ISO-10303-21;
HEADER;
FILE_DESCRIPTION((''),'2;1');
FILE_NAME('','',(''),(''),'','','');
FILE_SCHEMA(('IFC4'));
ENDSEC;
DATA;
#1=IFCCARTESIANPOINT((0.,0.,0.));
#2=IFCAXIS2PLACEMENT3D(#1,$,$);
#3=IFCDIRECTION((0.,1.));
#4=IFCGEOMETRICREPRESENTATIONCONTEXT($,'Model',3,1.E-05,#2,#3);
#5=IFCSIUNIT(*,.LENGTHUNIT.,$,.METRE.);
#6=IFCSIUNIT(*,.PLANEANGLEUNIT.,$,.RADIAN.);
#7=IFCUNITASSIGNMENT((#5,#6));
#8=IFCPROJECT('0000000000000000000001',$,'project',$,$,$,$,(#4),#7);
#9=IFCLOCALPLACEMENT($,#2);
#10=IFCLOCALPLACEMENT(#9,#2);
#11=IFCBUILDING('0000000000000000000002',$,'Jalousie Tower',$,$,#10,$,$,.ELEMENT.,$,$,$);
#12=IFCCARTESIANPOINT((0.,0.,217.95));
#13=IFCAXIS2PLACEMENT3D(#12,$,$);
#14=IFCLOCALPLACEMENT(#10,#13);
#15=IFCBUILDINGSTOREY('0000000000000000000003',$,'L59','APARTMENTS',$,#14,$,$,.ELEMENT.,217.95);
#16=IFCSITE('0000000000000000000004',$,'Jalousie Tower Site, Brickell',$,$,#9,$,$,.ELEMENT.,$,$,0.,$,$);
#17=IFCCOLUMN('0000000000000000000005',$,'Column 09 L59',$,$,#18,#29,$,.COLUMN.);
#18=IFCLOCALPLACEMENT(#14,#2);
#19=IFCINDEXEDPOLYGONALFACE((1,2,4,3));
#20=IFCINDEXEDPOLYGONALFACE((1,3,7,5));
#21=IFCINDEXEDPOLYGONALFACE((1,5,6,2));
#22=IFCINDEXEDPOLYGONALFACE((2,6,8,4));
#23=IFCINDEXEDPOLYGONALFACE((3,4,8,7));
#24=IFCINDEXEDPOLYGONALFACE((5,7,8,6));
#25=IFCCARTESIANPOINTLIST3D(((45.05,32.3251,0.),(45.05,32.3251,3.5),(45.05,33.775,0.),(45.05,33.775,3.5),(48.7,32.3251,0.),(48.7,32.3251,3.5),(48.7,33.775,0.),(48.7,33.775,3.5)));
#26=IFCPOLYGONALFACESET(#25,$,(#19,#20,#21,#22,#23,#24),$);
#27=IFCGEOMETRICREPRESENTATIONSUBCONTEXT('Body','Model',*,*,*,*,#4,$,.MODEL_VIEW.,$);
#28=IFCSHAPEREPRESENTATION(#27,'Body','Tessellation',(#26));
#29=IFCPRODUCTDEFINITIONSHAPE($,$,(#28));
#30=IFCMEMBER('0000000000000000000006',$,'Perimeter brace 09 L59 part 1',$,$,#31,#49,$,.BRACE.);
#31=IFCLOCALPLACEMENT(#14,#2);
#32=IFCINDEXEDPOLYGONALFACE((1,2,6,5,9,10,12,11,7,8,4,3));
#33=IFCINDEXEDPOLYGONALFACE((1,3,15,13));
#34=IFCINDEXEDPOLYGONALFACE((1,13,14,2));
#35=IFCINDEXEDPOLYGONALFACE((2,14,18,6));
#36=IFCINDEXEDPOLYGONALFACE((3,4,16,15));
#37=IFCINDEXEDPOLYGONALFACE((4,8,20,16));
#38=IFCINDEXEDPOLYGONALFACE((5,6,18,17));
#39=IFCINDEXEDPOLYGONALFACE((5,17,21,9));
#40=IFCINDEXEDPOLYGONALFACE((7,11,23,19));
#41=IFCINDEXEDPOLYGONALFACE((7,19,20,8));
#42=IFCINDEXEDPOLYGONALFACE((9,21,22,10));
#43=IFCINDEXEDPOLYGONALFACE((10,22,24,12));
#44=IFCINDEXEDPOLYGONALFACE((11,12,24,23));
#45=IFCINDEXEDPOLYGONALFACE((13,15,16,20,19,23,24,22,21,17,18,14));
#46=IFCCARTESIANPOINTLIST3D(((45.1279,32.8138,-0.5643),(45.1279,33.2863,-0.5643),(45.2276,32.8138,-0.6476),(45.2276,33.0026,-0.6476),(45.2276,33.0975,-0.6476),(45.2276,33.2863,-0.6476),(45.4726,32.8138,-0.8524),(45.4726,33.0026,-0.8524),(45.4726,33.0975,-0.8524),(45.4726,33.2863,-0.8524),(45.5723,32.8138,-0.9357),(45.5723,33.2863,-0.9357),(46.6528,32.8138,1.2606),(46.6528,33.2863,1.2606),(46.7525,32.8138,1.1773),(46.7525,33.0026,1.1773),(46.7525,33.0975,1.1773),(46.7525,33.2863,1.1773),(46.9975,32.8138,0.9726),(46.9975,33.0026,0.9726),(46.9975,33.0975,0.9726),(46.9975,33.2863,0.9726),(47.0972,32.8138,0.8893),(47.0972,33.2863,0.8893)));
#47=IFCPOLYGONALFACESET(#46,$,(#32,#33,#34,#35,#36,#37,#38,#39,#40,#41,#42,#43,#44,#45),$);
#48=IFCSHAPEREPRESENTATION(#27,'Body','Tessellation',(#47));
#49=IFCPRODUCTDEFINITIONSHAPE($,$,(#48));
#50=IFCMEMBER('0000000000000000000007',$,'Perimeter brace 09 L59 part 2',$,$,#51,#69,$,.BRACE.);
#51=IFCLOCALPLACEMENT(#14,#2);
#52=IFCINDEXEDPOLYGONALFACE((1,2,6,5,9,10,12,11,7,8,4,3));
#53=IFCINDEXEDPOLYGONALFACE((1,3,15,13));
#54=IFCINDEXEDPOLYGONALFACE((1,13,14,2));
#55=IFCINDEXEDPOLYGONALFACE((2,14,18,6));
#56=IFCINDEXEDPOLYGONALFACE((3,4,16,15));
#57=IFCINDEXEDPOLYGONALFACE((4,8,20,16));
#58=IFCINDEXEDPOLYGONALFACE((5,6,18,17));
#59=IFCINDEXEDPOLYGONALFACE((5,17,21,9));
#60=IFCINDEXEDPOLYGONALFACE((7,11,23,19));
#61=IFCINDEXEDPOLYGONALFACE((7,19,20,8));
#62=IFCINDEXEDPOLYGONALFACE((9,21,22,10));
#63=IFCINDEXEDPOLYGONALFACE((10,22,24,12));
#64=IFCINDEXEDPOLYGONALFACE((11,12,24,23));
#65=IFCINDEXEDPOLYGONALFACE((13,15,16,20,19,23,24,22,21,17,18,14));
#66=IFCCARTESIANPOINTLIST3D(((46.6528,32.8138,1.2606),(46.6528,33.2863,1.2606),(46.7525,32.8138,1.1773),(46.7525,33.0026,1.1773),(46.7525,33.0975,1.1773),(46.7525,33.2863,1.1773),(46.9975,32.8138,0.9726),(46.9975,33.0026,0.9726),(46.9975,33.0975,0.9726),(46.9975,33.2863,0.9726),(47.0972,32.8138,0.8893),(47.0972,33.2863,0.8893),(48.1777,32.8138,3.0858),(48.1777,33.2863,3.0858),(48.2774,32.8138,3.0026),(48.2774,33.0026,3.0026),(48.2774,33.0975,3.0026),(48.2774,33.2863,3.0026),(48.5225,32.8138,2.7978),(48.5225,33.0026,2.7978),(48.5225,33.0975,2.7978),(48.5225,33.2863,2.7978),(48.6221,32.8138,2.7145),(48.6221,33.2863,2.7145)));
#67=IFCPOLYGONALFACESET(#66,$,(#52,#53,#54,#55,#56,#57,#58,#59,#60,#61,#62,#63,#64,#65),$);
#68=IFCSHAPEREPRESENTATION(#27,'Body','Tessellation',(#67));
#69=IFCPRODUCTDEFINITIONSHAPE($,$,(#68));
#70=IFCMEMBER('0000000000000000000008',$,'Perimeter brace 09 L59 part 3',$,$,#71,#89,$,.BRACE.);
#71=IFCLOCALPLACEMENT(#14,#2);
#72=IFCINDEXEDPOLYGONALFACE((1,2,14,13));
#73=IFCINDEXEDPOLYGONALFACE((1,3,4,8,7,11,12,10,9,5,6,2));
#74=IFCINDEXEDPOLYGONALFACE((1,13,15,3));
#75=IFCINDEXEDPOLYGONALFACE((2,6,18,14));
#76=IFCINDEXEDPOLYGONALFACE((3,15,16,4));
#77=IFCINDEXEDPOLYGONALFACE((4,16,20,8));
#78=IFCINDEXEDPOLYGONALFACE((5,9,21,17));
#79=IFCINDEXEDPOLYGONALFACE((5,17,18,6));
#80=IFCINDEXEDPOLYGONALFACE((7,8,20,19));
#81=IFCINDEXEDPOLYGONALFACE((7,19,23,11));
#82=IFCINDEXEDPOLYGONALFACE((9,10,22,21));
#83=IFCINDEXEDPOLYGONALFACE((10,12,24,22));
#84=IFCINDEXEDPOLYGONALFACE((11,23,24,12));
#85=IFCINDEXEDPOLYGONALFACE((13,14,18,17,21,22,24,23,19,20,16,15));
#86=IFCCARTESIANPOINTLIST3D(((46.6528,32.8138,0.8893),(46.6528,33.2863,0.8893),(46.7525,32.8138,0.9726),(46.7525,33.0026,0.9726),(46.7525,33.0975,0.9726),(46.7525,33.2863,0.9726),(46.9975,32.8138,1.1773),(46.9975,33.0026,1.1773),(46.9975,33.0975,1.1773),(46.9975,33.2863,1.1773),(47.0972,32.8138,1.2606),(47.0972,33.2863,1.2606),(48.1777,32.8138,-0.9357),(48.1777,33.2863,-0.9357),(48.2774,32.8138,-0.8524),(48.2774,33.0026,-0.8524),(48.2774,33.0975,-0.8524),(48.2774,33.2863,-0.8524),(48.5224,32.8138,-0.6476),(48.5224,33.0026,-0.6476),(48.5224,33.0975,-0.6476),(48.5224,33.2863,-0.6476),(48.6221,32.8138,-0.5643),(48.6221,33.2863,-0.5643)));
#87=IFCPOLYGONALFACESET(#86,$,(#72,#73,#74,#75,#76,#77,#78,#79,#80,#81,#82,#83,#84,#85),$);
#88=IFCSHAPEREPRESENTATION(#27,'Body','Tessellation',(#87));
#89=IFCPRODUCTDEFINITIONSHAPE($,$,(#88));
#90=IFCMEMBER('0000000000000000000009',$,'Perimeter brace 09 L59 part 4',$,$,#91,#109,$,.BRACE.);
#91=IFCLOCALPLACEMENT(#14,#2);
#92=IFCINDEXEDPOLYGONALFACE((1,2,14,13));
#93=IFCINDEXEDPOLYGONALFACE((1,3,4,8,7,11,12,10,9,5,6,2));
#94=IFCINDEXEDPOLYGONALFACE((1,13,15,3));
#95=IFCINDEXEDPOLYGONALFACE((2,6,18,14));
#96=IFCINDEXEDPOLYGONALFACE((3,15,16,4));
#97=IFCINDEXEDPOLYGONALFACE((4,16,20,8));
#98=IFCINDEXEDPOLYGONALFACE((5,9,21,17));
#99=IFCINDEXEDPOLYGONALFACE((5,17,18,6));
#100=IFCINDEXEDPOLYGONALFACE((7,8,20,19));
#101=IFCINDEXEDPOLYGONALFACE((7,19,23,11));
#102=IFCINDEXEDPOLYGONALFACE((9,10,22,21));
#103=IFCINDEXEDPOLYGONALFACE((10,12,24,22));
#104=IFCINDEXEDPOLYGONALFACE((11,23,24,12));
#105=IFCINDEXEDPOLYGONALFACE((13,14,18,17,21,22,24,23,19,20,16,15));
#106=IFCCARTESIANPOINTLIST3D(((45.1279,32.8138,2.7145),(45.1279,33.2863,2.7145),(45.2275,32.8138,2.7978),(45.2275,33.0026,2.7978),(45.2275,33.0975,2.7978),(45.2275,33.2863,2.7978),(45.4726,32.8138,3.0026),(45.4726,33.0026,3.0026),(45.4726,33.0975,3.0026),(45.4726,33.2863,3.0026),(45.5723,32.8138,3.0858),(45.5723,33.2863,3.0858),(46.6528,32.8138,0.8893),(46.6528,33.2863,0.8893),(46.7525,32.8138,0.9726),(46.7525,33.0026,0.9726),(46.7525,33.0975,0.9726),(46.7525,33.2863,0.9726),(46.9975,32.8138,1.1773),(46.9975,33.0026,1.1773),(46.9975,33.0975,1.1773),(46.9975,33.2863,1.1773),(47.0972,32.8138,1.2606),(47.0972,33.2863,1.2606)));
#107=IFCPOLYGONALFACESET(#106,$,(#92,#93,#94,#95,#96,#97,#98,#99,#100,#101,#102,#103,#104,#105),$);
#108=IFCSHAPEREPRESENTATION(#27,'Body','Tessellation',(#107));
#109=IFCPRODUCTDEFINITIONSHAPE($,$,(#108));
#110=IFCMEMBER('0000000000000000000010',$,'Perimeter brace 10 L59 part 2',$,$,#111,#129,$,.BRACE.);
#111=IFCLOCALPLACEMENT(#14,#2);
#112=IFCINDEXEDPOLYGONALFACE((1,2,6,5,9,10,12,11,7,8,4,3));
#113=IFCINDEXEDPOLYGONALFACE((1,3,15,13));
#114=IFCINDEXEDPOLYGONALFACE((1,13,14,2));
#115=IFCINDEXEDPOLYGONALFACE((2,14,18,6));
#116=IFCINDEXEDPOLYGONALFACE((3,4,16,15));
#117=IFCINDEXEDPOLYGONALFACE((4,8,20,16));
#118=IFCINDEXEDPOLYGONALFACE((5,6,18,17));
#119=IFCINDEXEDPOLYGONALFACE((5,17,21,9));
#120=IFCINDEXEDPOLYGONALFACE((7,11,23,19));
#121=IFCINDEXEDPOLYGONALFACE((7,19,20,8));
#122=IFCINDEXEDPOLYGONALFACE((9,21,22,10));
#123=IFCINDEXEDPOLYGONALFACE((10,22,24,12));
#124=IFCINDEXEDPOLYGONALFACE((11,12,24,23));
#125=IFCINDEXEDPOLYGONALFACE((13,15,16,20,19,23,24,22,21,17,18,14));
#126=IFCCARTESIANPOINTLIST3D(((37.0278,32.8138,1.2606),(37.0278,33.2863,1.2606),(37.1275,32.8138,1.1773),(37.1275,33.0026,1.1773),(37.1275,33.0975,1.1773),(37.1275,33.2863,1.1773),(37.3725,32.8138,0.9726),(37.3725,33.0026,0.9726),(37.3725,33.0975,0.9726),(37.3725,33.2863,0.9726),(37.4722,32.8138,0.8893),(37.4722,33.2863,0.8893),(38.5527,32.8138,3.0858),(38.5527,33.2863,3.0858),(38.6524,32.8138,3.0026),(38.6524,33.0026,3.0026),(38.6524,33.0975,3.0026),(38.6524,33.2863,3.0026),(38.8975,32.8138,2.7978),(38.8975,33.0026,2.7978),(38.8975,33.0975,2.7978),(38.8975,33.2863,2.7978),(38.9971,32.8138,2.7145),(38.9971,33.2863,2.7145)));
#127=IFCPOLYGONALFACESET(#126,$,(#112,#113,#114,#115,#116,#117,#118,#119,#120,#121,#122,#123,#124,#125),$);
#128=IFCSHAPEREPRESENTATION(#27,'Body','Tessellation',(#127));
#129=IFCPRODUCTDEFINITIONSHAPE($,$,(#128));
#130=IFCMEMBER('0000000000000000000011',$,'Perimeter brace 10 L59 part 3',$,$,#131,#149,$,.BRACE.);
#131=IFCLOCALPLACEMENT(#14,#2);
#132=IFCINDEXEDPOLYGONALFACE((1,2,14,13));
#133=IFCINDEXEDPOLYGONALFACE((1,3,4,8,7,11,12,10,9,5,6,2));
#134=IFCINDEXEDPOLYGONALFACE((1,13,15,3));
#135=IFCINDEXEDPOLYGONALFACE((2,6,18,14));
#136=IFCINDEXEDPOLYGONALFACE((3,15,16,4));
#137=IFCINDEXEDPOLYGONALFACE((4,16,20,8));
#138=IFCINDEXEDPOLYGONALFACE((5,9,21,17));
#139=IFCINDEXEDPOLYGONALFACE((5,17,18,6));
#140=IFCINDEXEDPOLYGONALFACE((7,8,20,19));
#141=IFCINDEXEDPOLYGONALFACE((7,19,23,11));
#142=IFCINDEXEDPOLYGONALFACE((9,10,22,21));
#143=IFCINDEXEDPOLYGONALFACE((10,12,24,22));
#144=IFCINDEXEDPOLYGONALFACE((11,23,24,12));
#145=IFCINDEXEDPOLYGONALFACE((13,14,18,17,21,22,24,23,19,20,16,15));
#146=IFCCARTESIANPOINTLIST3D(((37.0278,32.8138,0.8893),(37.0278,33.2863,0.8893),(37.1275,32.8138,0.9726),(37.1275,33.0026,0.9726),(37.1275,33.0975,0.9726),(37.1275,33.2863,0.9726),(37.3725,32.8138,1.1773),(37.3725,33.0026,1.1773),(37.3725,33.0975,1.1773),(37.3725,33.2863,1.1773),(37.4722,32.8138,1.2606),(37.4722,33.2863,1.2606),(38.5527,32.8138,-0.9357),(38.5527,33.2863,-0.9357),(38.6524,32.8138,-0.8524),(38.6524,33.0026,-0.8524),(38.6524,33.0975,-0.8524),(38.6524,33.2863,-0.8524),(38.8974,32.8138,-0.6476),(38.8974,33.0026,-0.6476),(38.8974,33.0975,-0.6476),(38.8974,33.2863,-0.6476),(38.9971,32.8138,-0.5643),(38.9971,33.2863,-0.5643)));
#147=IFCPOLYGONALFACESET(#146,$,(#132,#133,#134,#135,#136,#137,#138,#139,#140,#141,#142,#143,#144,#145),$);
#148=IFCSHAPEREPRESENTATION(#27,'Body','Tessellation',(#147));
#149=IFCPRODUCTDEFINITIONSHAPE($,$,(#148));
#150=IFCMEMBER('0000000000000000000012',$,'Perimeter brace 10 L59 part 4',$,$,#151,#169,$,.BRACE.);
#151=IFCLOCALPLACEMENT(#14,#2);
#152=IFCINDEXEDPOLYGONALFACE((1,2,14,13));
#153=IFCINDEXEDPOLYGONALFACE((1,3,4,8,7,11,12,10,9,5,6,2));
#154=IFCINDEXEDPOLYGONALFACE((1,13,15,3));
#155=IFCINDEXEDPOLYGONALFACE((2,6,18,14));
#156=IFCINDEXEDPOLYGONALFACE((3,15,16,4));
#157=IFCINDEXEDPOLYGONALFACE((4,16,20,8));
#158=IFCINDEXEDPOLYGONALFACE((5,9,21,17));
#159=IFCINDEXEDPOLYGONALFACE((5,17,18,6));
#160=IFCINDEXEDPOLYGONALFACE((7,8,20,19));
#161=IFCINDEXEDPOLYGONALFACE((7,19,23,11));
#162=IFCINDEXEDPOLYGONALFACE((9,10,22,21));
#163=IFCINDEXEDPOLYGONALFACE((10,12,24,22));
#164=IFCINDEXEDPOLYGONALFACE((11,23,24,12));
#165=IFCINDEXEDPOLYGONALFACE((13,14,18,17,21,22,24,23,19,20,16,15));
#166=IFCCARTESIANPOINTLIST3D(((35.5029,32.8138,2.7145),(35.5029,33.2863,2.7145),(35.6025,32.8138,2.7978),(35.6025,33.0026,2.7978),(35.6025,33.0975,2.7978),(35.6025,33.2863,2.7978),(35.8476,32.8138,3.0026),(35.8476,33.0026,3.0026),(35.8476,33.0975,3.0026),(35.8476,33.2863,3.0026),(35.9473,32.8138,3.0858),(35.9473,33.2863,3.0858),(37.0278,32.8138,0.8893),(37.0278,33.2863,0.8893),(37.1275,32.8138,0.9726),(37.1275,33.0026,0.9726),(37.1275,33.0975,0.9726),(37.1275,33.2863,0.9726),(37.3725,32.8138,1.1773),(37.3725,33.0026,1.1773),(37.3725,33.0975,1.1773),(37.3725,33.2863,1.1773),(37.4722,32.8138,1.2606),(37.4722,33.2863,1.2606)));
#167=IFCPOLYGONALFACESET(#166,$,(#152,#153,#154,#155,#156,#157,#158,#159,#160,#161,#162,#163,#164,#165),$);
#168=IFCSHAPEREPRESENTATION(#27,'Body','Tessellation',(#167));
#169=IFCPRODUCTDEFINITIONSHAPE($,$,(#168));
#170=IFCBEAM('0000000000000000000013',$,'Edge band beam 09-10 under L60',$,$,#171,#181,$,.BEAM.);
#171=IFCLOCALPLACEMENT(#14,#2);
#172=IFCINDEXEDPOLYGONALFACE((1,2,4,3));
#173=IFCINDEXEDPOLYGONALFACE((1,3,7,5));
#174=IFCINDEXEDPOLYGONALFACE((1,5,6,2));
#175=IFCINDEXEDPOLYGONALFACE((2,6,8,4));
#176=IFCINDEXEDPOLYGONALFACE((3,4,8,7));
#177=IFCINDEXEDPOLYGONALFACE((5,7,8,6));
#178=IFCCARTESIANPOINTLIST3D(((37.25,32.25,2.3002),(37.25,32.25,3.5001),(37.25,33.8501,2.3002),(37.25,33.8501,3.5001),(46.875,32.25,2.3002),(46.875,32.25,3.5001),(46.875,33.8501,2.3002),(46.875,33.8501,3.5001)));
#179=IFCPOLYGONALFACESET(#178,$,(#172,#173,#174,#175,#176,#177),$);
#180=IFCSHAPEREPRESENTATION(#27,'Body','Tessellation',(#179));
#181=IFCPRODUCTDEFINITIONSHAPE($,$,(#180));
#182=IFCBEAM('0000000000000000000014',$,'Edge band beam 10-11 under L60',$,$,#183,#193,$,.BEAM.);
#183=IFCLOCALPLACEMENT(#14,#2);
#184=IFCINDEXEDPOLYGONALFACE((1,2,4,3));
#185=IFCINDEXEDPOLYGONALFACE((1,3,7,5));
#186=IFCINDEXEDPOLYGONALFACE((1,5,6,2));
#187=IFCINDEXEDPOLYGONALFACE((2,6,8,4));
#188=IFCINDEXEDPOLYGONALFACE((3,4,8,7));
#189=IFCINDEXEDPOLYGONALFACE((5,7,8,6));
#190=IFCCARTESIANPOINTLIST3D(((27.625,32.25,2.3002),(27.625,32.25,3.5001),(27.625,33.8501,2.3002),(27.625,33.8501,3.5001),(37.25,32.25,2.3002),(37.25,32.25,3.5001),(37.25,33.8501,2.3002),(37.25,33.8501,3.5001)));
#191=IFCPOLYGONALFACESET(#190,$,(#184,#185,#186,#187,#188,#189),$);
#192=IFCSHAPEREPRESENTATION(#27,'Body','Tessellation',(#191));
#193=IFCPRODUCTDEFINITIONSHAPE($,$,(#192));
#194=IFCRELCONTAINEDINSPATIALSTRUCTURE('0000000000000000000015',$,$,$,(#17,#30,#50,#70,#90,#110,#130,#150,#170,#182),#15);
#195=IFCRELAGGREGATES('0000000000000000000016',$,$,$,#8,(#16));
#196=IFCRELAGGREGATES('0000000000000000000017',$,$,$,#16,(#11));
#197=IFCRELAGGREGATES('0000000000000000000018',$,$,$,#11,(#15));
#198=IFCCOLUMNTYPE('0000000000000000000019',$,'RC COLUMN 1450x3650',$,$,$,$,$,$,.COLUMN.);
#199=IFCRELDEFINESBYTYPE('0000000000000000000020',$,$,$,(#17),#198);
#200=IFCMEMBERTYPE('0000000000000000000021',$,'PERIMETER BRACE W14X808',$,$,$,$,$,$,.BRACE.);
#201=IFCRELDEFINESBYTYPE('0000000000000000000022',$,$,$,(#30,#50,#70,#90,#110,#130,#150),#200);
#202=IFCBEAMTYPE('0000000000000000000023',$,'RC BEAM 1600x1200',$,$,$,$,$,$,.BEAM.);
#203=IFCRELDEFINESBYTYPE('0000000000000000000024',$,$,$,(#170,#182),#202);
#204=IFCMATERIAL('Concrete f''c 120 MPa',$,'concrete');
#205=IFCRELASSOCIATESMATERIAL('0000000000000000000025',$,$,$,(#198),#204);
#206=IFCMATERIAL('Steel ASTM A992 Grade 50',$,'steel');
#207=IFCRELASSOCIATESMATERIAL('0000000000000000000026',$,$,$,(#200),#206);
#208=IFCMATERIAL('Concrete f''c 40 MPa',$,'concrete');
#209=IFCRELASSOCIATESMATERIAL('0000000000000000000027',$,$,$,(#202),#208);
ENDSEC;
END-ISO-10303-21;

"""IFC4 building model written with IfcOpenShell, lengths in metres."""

from ifc_helpers import new_model, si_unit, direction, frame, origin, origin_2d, place, context, subcontext, project, spatial, rectangle, i_section, extrude, material, material_profile, profile_set, type_object, element, save


model = new_model("IFC4")

# Units and contexts
model_context = context("Model", 3, precision=1e-05, world=origin(), true_north=direction((0.0, 1.0)))
body_context = subcontext(model_context, "Body", "Model", "MODEL_VIEW")
ifc_project = project(units=[si_unit("LENGTHUNIT", "METRE"), si_unit("PLANEANGLEUNIT", "RADIAN")], contexts=[model_context])

# Site, building, storey
site_placement = place(None, origin())
site = spatial("IfcSite", under=ifc_project, at=site_placement, Name="Jalousie Tower Site, Brickell", CompositionType="ELEMENT", RefElevation=0.0)
building_placement = place(site_placement, origin())
building = spatial("IfcBuilding", under=site, at=building_placement, Name="Jalousie Tower", CompositionType="ELEMENT")
storey_placement = place(building_placement, frame((0.0, 0.0, 217.95)))
storey = spatial("IfcBuildingStorey", under=building, at=storey_placement, Name="L59", Description="APARTMENTS", CompositionType="ELEMENT", Elevation=217.95)

# Column
ifc_material_1 = material(Name="Concrete f'c 120 MPa", Category="concrete")
ifc_material_profile_1 = material_profile(ifc_material_1, rectangle(XDim=1.45, YDim=3.6499, at=origin_2d()), Name="RC 1450x3650")
ifc_profile_set_1 = profile_set([ifc_material_profile_1], Name="Concrete f'c 120 MPa")
column_type = type_object("IfcColumnType", Name="RC COLUMN 1450x3650", PredefinedType="COLUMN", material=ifc_profile_set_1)
column_placement = place(storey_placement, frame((46.875, 33.05, 0.0), z_axis=(0.0, 0.0, 1.0), x_axis=(0.0, 1.0, 0.0)))
element("IfcColumn", 1, at=column_placement, inside=storey, type_object=column_type, Name="Column 09 L59", PredefinedType="COLUMN", context=body_context, shape_type="SweptSolid", body=[
    extrude(rectangle(XDim=1.45, YDim=3.6499, at=origin_2d()), origin(), (0.0, 0.0, 1.0), 3.5),
])

# Members
ifc_material_2 = material(Name="Steel ASTM A992 Grade 50", Category="steel")
ifc_material_profile_2 = material_profile(ifc_material_2, i_section(OverallWidth=0.4724, OverallDepth=0.5791, WebThickness=0.095, FlangeThickness=0.1299, at=origin_2d()), Name="W14X808")
ifc_profile_set_2 = profile_set([ifc_material_profile_2], Name="Steel ASTM A992 Grade 50")
member_type_1 = type_object("IfcMemberType", Name="PERIMETER BRACE W14X808", PredefinedType="BRACE", material=ifc_profile_set_2)
member_1_placement = place(storey_placement, frame((45.3501, 33.05, -0.75), z_axis=(0.641204, 0.0, 0.767371), x_axis=(0.0, 1.0, 0.0)))
element("IfcMember", 2, at=member_1_placement, inside=storey, type_object=member_type_1, Name="Perimeter brace 09 L59 part 1", PredefinedType="BRACE", context=body_context, shape_type="SweptSolid", body=[
    extrude(i_section(OverallWidth=0.4724, OverallDepth=0.5791, WebThickness=0.095, FlangeThickness=0.1299, at=origin_2d()), origin(), (0.0, 0.0, 1.0), 2.3782),
])
member_2_placement = place(storey_placement, frame((46.875, 33.05, 1.075), z_axis=(0.641153, 0.0, 0.767413), x_axis=(0.0, 1.0, 0.0)))
element("IfcMember", 3, at=member_2_placement, inside=storey, type_object=member_type_1, Name="Perimeter brace 09 L59 part 2", PredefinedType="BRACE", context=body_context, shape_type="SweptSolid", body=[
    extrude(i_section(OverallWidth=0.4724, OverallDepth=0.5791, WebThickness=0.095, FlangeThickness=0.1299, at=origin_2d()), origin(), (0.0, 0.0, 1.0), 2.3784),
])
member_3_placement = place(storey_placement, frame((48.3999, 33.05, -0.75), z_axis=(-0.641204, 0.0, 0.767371), x_axis=(0.0, -1.0, 0.0)))
element("IfcMember", 4, at=member_3_placement, inside=storey, type_object=member_type_1, Name="Perimeter brace 09 L59 part 3", PredefinedType="BRACE", context=body_context, shape_type="SweptSolid", body=[
    extrude(i_section(OverallWidth=0.4724, OverallDepth=0.5791, WebThickness=0.095, FlangeThickness=0.1299, at=origin_2d()), origin(), (0.0, 0.0, 1.0), 2.3782),
])
for number, where, z_axis, x_axis, name in (
    (5, (46.875, 33.05, 1.075), (-0.641153, 0.0, 0.767413), (0.0, -1.0, 0.0), "Perimeter brace 09 L59 part 4"),
    (6, (37.25, 33.05, 1.075), (0.641153, 0.0, 0.767413), (0.0, 1.0, 0.0), "Perimeter brace 10 L59 part 2"),
):
    element("IfcMember", number, at=place(storey_placement, frame(where, z_axis=z_axis, x_axis=x_axis)), inside=storey, type_object=member_type_1, Name=name, PredefinedType="BRACE", context=body_context, shape_type="SweptSolid", body=[
        extrude(i_section(OverallWidth=0.4724, OverallDepth=0.5791, WebThickness=0.095, FlangeThickness=0.1299, at=origin_2d()), origin(), (0.0, 0.0, 1.0), 2.3784),
    ])
member_4_placement = place(storey_placement, frame((38.7749, 33.05, -0.75), z_axis=(-0.641204, 0.0, 0.767371), x_axis=(0.0, -1.0, 0.0)))
element("IfcMember", 7, at=member_4_placement, inside=storey, type_object=member_type_1, Name="Perimeter brace 10 L59 part 3", PredefinedType="BRACE", context=body_context, shape_type="SweptSolid", body=[
    extrude(i_section(OverallWidth=0.4724, OverallDepth=0.5791, WebThickness=0.095, FlangeThickness=0.1299, at=origin_2d()), origin(), (0.0, 0.0, 1.0), 2.3782),
])
member_5_placement = place(storey_placement, frame((37.25, 33.05, 1.075), z_axis=(-0.641153, 0.0, 0.767413), x_axis=(0.0, -1.0, 0.0)))
element("IfcMember", 8, at=member_5_placement, inside=storey, type_object=member_type_1, Name="Perimeter brace 10 L59 part 4", PredefinedType="BRACE", context=body_context, shape_type="SweptSolid", body=[
    extrude(i_section(OverallWidth=0.4724, OverallDepth=0.5791, WebThickness=0.095, FlangeThickness=0.1299, at=origin_2d()), origin(), (0.0, 0.0, 1.0), 2.3784),
])

# Beams
ifc_material_3 = material(Name="Concrete f'c 40 MPa", Category="concrete")
ifc_material_profile_3 = material_profile(ifc_material_3, rectangle(XDim=1.6001, YDim=1.2, at=origin_2d()), Name="RC 1600x1200")
ifc_profile_set_3 = profile_set([ifc_material_profile_3], Name="Concrete f'c 40 MPa")
beam_type_1 = type_object("IfcBeamType", Name="RC BEAM 1600x1200", PredefinedType="BEAM", material=ifc_profile_set_3)
for number, where, z_axis, x_axis, name in (
    (9, (46.875, 33.05, 2.9001), (-1.0, 0.0, 0.0), (0.0, -1.0, 0.0), "Edge band beam 09-10 under L60"),
    (10, (37.25, 33.05, 2.9001), (-1.0, 0.0, 0.0), (0.0, -1.0, 0.0), "Edge band beam 10-11 under L60"),
):
    element("IfcBeam", number, at=place(storey_placement, frame(where, z_axis=z_axis, x_axis=x_axis)), inside=storey, type_object=beam_type_1, Name=name, PredefinedType="BEAM", context=body_context, shape_type="SweptSolid", body=[
        extrude(rectangle(XDim=1.6001, YDim=1.2, at=origin_2d()), origin(), (0.0, 0.0, 1.0), 9.625),
    ])

save(model, "model.ifc")
